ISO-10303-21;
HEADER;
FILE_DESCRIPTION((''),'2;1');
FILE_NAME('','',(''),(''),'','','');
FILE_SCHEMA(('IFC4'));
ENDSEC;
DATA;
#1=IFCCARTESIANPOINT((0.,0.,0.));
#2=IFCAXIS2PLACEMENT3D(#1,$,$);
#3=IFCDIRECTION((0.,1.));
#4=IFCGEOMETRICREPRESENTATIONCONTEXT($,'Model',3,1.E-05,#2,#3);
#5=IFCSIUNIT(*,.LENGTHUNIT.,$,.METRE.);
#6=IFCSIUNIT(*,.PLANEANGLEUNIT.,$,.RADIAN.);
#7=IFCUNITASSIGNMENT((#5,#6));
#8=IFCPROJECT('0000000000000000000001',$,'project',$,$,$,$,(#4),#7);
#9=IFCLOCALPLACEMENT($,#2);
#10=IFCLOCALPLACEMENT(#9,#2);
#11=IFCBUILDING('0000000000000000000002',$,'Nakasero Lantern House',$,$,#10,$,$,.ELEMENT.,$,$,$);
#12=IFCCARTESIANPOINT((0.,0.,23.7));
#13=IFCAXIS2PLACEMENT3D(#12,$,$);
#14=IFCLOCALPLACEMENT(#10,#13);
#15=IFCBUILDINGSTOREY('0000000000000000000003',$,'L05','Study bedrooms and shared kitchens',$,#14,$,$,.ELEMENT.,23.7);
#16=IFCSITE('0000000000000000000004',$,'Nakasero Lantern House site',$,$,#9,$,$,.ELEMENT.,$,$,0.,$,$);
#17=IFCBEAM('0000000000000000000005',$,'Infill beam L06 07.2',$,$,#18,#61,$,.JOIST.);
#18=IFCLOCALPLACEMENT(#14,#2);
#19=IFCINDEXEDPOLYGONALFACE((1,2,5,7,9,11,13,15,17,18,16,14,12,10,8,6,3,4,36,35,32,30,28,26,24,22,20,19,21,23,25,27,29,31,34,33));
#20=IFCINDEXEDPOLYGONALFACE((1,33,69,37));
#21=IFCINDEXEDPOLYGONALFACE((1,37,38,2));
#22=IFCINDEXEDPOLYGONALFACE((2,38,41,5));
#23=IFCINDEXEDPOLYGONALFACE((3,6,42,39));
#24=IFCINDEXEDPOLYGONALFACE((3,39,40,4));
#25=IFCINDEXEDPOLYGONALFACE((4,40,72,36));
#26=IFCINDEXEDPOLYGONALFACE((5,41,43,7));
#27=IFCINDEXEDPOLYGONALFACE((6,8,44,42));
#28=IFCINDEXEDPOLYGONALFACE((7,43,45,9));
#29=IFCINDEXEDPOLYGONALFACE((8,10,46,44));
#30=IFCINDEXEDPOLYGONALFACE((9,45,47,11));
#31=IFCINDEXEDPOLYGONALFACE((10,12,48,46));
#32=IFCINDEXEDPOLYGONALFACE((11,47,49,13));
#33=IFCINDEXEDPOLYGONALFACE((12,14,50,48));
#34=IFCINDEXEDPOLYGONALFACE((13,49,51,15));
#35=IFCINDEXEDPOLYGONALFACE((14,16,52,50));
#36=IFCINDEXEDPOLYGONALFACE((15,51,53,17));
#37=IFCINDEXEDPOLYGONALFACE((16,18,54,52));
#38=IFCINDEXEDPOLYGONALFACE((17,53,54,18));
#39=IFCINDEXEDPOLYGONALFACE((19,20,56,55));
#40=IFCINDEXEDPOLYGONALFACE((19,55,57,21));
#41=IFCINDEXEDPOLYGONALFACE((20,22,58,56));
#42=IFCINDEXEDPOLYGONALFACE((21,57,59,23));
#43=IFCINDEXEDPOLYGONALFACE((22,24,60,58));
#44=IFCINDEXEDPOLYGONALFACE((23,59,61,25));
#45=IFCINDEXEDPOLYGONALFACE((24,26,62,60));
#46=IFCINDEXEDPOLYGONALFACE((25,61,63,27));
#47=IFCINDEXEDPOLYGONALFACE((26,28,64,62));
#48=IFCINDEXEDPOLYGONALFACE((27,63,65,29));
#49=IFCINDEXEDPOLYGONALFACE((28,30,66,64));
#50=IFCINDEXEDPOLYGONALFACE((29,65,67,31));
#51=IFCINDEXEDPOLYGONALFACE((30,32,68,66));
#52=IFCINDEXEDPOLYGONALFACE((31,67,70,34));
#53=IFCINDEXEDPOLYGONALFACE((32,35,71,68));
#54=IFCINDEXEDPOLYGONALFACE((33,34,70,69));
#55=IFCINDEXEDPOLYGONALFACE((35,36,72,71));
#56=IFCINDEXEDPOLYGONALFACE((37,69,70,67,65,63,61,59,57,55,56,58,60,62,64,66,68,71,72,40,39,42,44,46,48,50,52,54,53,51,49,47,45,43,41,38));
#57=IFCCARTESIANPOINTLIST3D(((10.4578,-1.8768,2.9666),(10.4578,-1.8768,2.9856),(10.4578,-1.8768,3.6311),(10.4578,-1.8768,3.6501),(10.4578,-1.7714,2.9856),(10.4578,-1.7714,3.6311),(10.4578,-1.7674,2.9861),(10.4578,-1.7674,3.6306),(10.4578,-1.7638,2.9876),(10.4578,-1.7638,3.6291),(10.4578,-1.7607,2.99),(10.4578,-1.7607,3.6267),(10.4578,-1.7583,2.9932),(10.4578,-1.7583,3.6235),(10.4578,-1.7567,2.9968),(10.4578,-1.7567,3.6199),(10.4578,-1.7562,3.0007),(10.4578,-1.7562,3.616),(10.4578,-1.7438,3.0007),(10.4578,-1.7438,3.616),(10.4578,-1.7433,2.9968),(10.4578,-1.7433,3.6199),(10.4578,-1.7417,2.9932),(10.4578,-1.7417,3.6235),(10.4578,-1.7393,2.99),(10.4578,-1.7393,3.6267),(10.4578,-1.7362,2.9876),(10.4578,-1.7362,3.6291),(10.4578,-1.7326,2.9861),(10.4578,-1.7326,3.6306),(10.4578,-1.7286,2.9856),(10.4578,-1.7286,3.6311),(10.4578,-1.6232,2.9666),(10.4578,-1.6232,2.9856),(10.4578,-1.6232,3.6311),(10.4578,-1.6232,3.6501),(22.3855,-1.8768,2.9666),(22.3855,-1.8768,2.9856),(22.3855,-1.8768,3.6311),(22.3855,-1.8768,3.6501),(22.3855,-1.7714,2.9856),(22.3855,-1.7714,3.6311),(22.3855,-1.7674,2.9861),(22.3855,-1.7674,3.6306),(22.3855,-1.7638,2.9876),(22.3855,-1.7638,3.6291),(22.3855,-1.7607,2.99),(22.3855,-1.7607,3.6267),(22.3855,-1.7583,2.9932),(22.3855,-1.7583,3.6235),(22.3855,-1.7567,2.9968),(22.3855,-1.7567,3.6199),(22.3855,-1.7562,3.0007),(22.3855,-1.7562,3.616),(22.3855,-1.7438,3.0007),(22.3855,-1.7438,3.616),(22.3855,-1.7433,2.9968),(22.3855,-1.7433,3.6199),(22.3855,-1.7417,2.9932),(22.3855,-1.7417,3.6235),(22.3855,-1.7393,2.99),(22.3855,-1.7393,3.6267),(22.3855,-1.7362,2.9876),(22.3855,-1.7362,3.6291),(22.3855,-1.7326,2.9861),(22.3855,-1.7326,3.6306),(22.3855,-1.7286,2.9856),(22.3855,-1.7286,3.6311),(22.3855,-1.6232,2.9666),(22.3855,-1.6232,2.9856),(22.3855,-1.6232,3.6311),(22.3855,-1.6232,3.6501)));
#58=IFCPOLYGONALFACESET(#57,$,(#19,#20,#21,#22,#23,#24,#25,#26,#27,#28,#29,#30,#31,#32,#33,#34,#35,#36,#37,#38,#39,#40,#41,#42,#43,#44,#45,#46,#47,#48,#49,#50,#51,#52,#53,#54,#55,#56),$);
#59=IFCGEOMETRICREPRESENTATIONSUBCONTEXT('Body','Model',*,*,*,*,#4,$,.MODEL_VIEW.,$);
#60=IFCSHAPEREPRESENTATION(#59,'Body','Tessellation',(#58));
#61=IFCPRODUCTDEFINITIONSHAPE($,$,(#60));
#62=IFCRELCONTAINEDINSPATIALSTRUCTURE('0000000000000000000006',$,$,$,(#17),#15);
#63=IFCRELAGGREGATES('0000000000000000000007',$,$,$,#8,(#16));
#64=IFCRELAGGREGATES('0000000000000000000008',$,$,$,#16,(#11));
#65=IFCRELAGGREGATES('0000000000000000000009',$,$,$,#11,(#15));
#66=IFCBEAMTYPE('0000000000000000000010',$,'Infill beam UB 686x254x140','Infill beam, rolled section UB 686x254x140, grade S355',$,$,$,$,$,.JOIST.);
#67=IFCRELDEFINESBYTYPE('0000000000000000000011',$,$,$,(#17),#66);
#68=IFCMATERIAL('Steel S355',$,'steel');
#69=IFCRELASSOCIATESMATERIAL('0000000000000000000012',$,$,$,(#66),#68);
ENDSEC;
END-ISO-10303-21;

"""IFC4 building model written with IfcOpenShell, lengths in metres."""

from ifc_helpers import new_model, si_unit, direction, frame, origin, origin_2d, place, context, subcontext, project, spatial, i_section, extrude, material, material_profile, profile_set, type_object, element, save


model = new_model("IFC4")

# Units and contexts
model_context = context("Model", 3, precision=1e-05, world=origin(), true_north=direction((0.0, 1.0)))
body_context = subcontext(model_context, "Body", "Model", "MODEL_VIEW")
ifc_project = project(units=[si_unit("LENGTHUNIT", "METRE"), si_unit("PLANEANGLEUNIT", "RADIAN")], contexts=[model_context])

# Site, building, storey
site_placement = place(None, origin())
site = spatial("IfcSite", under=ifc_project, at=site_placement, Name="Nakasero Lantern House site", CompositionType="ELEMENT", RefElevation=0.0)
building_placement = place(site_placement, origin())
building = spatial("IfcBuilding", under=site, at=building_placement, Name="Nakasero Lantern House", CompositionType="ELEMENT")
storey_placement = place(building_placement, frame((0.0, 0.0, 23.7)))
storey = spatial("IfcBuildingStorey", under=building, at=storey_placement, Name="L05", Description="Study bedrooms and shared kitchens", CompositionType="ELEMENT", Elevation=23.7)

# Beam
ifc_material_1 = material(Name="Steel S355", Category="steel")
ifc_material_profile_1 = material_profile(ifc_material_1, i_section(OverallWidth=0.2537, OverallDepth=0.6836, WebThickness=0.0125, FlangeThickness=0.019, FilletRadius=0.0151, at=origin_2d()), Name="UB 686x254x140")
ifc_profile_set_1 = profile_set([ifc_material_profile_1], Name="Steel S355")
beam_type_1 = type_object("IfcBeamType", Name="Infill beam UB 686x254x140", Description="Infill beam, rolled section UB 686x254x140, grade S355", PredefinedType="JOIST", material=ifc_profile_set_1)
beam_1_placement = place(storey_placement, frame((10.4578, -1.75, 3.3083), z_axis=(1.0, 0.0, 0.0), x_axis=(0.0, 1.0, 0.0)))
element("IfcBeam", 1, at=beam_1_placement, inside=storey, type_object=beam_type_1, Name="Infill beam L06 07.2", PredefinedType="JOIST", context=body_context, shape_type="SweptSolid", body=[
    extrude(i_section(OverallWidth=0.2537, OverallDepth=0.6836, WebThickness=0.0125, FlangeThickness=0.019, FilletRadius=0.0151, at=origin_2d()), origin(), (0.0, 0.0, 1.0), 11.9277),
])

save(model, "model.ifc")
